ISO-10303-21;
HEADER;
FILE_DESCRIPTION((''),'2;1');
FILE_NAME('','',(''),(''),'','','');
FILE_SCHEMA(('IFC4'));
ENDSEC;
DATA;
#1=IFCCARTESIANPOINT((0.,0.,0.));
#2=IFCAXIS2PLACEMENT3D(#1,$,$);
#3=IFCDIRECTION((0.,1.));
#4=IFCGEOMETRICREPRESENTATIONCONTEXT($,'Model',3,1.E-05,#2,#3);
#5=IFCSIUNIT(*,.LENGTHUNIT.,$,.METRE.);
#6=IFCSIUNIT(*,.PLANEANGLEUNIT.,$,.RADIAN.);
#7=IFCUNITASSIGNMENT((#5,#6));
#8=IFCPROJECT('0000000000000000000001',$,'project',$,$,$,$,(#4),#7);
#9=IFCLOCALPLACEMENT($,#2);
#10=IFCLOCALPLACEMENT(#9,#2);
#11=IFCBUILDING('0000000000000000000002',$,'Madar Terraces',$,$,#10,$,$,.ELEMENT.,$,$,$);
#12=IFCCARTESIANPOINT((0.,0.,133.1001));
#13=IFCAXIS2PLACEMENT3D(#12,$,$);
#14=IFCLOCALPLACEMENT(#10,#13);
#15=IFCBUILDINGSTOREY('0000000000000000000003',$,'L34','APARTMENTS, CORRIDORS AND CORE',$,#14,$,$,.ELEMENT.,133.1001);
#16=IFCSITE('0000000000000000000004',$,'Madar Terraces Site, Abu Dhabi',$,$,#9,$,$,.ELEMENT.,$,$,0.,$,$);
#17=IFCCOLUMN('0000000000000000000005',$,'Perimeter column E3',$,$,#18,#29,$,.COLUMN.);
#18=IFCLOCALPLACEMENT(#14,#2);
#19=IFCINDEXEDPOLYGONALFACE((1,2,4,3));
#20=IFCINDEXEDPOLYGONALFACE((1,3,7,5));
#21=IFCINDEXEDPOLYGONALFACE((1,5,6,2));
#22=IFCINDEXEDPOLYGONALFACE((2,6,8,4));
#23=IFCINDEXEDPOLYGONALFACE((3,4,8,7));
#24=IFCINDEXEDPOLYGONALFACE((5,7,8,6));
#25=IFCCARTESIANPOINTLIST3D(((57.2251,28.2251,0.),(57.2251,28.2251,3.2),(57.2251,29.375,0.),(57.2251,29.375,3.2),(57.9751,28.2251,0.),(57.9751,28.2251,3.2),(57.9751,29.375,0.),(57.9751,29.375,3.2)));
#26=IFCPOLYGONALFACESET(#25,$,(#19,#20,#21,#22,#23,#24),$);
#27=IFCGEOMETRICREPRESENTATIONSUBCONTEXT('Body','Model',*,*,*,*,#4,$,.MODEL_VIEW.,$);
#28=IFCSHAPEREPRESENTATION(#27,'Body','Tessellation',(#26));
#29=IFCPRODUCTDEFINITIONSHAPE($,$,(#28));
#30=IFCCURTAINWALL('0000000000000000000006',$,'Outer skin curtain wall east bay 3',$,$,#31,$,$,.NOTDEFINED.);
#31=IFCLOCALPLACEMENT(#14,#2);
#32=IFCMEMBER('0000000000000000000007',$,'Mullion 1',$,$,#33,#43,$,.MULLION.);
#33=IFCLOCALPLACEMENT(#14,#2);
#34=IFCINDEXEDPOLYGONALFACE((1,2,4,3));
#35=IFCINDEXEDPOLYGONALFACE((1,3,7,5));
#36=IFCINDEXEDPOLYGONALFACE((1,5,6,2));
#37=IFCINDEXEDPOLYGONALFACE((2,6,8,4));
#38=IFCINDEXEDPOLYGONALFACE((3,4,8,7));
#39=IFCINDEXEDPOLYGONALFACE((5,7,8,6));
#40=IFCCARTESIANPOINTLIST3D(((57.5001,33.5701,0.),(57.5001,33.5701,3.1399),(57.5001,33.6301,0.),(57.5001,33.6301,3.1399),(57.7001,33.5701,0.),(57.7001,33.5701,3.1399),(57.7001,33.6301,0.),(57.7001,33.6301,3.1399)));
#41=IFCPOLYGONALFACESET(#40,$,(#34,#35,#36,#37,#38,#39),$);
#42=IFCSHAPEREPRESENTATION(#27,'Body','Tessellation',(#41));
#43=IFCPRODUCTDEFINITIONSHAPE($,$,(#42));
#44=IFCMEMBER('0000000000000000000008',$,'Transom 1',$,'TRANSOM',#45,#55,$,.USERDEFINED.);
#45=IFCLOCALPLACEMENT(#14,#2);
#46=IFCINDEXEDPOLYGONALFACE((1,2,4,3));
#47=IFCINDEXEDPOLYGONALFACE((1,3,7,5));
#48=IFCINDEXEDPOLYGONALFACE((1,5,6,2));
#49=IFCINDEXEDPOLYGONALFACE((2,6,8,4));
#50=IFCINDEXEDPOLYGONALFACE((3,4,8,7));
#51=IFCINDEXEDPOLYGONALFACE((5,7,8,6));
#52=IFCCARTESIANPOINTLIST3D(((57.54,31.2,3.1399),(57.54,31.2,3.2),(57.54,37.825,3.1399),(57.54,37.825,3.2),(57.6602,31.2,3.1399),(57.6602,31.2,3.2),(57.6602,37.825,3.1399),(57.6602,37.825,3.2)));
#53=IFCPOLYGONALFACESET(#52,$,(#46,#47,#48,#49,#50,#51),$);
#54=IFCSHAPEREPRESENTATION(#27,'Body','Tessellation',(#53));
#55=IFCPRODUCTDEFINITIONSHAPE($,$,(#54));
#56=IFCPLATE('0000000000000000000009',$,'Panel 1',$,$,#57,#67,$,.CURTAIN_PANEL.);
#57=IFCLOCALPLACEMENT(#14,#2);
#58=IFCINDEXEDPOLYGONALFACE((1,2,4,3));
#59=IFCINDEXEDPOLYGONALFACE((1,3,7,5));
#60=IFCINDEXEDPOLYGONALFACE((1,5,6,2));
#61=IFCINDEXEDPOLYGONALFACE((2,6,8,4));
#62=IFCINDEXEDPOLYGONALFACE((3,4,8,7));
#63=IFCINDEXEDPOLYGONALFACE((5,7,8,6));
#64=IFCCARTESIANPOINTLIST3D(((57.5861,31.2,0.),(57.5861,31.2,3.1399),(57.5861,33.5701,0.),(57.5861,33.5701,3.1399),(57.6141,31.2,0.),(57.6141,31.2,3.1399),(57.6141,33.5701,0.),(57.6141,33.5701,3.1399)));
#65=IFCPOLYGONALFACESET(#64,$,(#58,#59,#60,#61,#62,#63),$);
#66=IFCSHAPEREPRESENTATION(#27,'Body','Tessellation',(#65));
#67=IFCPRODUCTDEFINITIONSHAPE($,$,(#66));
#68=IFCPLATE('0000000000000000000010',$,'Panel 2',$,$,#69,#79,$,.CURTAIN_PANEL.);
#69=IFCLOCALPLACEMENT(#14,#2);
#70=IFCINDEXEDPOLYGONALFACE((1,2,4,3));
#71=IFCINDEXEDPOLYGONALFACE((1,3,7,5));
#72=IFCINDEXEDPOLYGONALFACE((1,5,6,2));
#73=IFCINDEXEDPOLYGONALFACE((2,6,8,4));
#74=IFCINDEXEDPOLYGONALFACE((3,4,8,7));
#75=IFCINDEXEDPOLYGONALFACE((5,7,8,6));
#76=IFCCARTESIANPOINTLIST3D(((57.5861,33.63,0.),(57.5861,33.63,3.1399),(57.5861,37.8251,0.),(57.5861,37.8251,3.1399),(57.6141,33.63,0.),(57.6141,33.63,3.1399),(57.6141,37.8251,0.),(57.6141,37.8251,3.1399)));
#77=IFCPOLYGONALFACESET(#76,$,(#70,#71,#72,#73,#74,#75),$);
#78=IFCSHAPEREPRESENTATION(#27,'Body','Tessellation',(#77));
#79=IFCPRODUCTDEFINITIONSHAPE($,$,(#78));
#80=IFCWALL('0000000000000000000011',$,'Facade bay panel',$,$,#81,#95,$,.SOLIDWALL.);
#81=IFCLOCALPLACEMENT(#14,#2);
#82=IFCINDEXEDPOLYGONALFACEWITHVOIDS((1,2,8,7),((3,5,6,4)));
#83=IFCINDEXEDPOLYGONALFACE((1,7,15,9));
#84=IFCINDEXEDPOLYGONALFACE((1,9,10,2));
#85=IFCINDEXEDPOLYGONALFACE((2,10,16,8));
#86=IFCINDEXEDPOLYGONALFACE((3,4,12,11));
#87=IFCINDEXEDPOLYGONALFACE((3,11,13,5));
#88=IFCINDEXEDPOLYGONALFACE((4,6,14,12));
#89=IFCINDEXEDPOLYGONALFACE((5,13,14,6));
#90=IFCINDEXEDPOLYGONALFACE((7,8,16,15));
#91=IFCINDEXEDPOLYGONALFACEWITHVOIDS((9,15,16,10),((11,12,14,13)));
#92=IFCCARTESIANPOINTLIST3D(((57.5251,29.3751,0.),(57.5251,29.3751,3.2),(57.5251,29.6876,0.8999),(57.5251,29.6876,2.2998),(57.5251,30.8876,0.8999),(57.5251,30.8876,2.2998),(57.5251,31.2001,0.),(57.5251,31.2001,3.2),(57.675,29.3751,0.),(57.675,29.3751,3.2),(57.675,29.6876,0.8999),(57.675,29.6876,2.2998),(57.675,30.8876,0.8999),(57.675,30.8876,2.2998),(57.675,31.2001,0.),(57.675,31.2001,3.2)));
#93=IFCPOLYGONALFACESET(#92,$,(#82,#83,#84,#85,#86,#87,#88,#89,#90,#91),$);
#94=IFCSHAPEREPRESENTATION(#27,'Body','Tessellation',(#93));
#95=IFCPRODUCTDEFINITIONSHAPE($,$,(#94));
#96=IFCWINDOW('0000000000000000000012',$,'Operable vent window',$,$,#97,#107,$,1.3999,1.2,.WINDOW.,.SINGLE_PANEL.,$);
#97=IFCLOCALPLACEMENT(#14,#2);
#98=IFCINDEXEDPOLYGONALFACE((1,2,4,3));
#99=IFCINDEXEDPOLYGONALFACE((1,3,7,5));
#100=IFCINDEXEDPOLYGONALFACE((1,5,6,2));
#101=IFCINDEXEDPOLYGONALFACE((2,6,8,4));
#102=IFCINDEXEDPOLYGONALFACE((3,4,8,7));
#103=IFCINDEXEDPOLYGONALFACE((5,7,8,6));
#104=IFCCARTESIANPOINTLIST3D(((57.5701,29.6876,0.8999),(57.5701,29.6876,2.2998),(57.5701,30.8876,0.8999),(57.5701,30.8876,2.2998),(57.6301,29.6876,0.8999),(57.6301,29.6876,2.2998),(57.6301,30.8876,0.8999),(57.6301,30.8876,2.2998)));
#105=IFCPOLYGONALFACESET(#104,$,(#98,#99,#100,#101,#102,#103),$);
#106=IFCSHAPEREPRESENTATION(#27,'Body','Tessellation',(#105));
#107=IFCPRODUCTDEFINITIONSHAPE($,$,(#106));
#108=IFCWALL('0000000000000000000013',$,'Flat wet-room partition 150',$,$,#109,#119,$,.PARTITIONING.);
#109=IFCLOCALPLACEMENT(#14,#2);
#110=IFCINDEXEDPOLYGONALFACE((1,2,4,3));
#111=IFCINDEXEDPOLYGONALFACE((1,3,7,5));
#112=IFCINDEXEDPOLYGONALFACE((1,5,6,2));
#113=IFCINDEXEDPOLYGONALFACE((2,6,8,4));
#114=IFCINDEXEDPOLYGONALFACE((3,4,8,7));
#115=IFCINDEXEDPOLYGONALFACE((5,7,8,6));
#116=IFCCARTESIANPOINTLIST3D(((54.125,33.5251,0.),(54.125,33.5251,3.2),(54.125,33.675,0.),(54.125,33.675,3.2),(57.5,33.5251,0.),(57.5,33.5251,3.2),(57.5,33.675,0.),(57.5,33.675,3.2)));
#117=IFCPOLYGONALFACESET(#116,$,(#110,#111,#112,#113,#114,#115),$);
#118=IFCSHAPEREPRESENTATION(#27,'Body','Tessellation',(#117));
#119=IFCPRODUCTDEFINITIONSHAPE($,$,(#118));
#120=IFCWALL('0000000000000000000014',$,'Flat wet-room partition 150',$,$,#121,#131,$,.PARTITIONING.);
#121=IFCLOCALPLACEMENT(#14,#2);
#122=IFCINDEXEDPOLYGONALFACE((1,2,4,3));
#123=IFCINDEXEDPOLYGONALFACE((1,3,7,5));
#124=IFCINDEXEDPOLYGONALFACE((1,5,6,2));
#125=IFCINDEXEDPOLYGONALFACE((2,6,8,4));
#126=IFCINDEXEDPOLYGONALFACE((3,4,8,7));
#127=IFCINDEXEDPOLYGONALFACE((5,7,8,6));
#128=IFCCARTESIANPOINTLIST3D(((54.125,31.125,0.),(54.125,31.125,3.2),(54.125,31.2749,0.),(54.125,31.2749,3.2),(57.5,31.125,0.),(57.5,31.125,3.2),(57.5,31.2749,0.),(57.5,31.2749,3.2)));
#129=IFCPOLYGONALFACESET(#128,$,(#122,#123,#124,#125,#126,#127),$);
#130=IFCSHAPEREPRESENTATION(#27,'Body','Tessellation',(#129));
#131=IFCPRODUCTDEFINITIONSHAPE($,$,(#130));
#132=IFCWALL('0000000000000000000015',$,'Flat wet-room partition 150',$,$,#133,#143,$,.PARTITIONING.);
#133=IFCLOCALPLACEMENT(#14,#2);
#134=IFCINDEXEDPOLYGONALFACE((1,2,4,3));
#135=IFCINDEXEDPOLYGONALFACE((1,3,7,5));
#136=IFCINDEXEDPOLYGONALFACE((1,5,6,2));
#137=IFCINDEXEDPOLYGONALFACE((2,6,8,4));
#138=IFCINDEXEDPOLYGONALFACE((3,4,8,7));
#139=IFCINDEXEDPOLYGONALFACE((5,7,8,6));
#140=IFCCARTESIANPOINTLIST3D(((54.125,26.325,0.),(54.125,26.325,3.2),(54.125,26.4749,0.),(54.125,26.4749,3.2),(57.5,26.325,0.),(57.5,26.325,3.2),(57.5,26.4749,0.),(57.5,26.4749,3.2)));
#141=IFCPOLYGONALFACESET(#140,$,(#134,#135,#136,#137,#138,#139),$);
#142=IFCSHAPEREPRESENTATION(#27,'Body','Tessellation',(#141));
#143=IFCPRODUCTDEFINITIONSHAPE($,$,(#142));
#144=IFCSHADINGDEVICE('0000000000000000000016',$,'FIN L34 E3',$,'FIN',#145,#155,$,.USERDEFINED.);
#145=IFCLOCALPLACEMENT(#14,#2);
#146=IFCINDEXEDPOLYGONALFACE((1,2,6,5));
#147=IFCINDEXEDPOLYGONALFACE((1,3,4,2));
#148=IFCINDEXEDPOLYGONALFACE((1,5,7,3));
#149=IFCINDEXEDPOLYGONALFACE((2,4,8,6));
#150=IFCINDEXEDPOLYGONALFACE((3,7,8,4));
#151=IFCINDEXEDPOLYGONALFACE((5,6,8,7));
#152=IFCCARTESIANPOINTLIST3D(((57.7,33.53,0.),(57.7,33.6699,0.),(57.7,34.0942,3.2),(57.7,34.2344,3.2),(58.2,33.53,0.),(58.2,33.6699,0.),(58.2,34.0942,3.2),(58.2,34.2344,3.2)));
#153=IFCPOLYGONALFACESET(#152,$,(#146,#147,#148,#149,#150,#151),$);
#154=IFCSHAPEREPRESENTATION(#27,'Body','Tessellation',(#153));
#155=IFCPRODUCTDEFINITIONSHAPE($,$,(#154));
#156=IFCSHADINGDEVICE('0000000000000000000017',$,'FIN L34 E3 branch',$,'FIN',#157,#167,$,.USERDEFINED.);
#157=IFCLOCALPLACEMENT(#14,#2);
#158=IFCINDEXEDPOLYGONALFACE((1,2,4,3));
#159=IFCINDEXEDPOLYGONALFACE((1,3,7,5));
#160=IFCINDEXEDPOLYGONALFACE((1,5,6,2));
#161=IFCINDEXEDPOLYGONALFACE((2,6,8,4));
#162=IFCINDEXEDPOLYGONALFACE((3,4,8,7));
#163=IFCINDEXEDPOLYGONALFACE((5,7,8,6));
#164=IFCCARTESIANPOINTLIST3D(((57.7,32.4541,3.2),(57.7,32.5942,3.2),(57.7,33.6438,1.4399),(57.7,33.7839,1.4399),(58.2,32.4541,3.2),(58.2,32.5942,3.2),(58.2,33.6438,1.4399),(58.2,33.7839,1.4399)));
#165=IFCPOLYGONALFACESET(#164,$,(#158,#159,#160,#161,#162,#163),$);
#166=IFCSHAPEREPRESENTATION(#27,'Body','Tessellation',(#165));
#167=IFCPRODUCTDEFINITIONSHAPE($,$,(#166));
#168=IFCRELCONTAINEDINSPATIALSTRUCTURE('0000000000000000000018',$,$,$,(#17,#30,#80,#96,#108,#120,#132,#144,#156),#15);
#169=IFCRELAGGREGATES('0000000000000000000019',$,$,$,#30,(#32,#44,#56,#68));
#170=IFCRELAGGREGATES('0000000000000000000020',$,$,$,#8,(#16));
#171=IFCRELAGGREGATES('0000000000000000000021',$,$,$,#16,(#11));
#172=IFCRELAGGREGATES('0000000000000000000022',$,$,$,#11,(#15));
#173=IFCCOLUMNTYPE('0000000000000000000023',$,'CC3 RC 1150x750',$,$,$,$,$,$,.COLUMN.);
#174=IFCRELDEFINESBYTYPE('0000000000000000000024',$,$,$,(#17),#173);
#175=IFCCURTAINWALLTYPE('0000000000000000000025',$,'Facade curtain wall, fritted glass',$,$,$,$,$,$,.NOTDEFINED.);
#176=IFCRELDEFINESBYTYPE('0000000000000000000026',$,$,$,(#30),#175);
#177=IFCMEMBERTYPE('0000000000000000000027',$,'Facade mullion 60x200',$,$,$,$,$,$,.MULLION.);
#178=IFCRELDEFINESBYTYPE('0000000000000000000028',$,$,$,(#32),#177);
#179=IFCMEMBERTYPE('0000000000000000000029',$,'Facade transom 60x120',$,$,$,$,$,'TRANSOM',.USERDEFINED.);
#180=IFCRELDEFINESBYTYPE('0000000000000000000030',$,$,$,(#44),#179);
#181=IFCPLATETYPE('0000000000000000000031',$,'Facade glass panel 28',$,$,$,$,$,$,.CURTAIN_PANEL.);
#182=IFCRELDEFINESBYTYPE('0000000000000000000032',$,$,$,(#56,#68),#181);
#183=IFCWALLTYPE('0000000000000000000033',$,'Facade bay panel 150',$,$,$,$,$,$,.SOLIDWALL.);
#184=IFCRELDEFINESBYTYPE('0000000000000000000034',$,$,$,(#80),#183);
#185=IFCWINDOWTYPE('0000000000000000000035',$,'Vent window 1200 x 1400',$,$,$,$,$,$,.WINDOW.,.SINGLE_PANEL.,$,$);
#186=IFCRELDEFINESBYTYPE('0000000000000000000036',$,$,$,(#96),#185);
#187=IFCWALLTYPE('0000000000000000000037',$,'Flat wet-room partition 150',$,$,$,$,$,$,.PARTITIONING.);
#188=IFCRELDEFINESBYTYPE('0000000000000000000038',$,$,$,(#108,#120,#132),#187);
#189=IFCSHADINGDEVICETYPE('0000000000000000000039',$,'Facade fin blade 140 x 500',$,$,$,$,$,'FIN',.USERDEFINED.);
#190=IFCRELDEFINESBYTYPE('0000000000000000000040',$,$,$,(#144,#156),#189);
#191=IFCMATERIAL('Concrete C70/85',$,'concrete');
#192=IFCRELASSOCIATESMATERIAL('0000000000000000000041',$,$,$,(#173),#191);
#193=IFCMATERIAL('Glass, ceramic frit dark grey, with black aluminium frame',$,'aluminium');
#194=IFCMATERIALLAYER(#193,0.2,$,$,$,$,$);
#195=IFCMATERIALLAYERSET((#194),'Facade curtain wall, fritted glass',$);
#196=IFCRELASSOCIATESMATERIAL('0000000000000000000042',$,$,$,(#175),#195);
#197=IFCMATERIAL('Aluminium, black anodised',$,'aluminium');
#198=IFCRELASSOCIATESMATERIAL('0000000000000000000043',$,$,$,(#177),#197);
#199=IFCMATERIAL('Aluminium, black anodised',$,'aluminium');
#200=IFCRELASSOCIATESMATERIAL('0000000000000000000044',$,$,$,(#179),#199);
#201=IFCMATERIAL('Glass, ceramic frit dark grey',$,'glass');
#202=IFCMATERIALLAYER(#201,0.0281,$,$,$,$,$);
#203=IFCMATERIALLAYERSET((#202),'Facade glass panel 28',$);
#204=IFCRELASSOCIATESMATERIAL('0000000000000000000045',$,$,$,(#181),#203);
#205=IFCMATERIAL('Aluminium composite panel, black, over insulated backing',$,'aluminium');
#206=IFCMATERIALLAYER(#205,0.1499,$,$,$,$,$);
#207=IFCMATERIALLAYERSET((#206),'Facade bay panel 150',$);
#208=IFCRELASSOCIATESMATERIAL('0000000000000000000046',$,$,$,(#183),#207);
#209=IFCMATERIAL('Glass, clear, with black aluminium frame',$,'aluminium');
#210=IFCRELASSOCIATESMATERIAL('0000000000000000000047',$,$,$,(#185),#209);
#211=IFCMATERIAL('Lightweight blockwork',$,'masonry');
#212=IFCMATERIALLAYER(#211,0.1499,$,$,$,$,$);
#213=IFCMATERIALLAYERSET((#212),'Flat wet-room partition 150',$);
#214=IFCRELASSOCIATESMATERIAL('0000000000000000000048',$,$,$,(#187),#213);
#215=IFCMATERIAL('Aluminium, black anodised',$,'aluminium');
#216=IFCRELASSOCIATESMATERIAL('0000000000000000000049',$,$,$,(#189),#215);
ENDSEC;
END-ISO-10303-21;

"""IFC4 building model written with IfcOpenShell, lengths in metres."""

from ifc_helpers import new_model, si_unit, direction, frame, frame_2d, origin, origin_2d, place, context, subcontext, project, spatial, polyline, rectangle, outline, extrude, material, layer, layer_set, material_profile, profile_set, type_object, element, fill, aggregate, save


model = new_model("IFC4")

# Units and contexts
model_context = context("Model", 3, precision=1e-05, world=origin(), true_north=direction((0.0, 1.0)))
body_context = subcontext(model_context, "Body", "Model", "MODEL_VIEW")
ifc_project = project(units=[si_unit("LENGTHUNIT", "METRE"), si_unit("PLANEANGLEUNIT", "RADIAN")], contexts=[model_context])

# Site, building, storey
site_placement = place(None, origin())
site = spatial("IfcSite", under=ifc_project, at=site_placement, Name="Madar Terraces Site, Abu Dhabi", CompositionType="ELEMENT", RefElevation=0.0)
building_placement = place(site_placement, origin())
building = spatial("IfcBuilding", under=site, at=building_placement, Name="Madar Terraces", CompositionType="ELEMENT")
storey_placement = place(building_placement, frame((0.0, 0.0, 133.1001)))
storey = spatial("IfcBuildingStorey", under=building, at=storey_placement, Name="L34", Description="APARTMENTS, CORRIDORS AND CORE", CompositionType="ELEMENT", Elevation=133.1001)

# Column
ifc_material_1 = material(Name="Concrete C70/85", Category="concrete")
ifc_material_profile_1 = material_profile(ifc_material_1, rectangle(XDim=1.1499, YDim=0.75, at=origin_2d()), Name="CC3 RC 1150x750")
ifc_profile_set_1 = profile_set([ifc_material_profile_1], Name="Concrete C70/85")
column_type = type_object("IfcColumnType", Name="CC3 RC 1150x750", PredefinedType="COLUMN", material=ifc_profile_set_1)
column_placement = place(storey_placement, frame((57.6001, 28.8, 0.0), z_axis=(0.0, 0.0, 1.0), x_axis=(0.0, 1.0, 0.0)))
element("IfcColumn", 1, at=column_placement, inside=storey, type_object=column_type, Name="Perimeter column E3", PredefinedType="COLUMN", context=body_context, shape_type="SweptSolid", body=[
    extrude(rectangle(XDim=1.1499, YDim=0.75, at=origin_2d()), origin(), (0.0, 0.0, 1.0), 3.2),
])

# Curtain wall, members, plates
ifc_material_2 = material(Name="Glass, ceramic frit dark grey, with black aluminium frame", Category="aluminium")
ifc_layer_1 = layer(ifc_material_2, 0.2)
ifc_layer_set_1 = layer_set([ifc_layer_1], Name="Facade curtain wall, fritted glass")
curtain_wall_type = type_object("IfcCurtainWallType", Name="Facade curtain wall, fritted glass", PredefinedType="NOTDEFINED", material=ifc_layer_set_1)
curtain_wall_placement = place(storey_placement, origin())
curtain_wall = element("IfcCurtainWall", 2, at=curtain_wall_placement, inside=storey, type_object=curtain_wall_type, Name="Outer skin curtain wall east bay 3", PredefinedType="NOTDEFINED")
ifc_material_3 = material(Name="Aluminium, black anodised", Category="aluminium")
ifc_material_profile_2 = material_profile(ifc_material_3, rectangle(XDim=0.2, YDim=0.0601, at=origin_2d()), Name="Facade mullion 60x200")
ifc_profile_set_2 = profile_set([ifc_material_profile_2], Name="Aluminium, black anodised")
member_type_1 = type_object("IfcMemberType", Name="Facade mullion 60x200", PredefinedType="MULLION", material=ifc_profile_set_2)
member_1_placement = place(storey_placement, frame((57.6001, 33.6001, 0.0), z_axis=(0.0, 0.0, 1.0), x_axis=(-1.0, 0.0, 0.0)))
member_1 = element("IfcMember", 3, at=member_1_placement, type_object=member_type_1, Name="Mullion 1", PredefinedType="MULLION", context=body_context, shape_type="SweptSolid", body=[
    extrude(rectangle(XDim=0.2, YDim=0.0601, at=origin_2d()), origin(), (0.0, 0.0, 1.0), 3.1399),
])
ifc_material_4 = material(Name="Aluminium, black anodised", Category="aluminium")
ifc_material_profile_3 = material_profile(ifc_material_4, rectangle(XDim=0.1201, YDim=0.0601, at=origin_2d()), Name="Facade transom 60x120")
ifc_profile_set_3 = profile_set([ifc_material_profile_3], Name="Aluminium, black anodised")
member_type_2 = type_object("IfcMemberType", Name="Facade transom 60x120", ElementType="TRANSOM", PredefinedType="USERDEFINED", material=ifc_profile_set_3)
member_2_placement = place(storey_placement, frame((57.6001, 31.2, 3.1699), z_axis=(0.0, 1.0, 0.0), x_axis=(-1.0, 0.0, 0.0)))
member_2 = element("IfcMember", 4, at=member_2_placement, type_object=member_type_2, Name="Transom 1", ObjectType="TRANSOM", PredefinedType="USERDEFINED", context=body_context, shape_type="SweptSolid", body=[
    extrude(rectangle(XDim=0.1201, YDim=0.0601, at=origin_2d()), origin(), (0.0, 0.0, 1.0), 6.625),
])
ifc_material_5 = material(Name="Glass, ceramic frit dark grey", Category="glass")
ifc_layer_2 = layer(ifc_material_5, 0.0281)
ifc_layer_set_2 = layer_set([ifc_layer_2], Name="Facade glass panel 28")
plate_type = type_object("IfcPlateType", Name="Facade glass panel 28", PredefinedType="CURTAIN_PANEL", material=ifc_layer_set_2)
plate_1_placement = place(storey_placement, frame((57.6001, 32.385, 0.0), z_axis=(0.0, 0.0, 1.0), x_axis=(0.0, 1.0, 0.0)))
plate_1 = element("IfcPlate", 5, at=plate_1_placement, type_object=plate_type, Name="Panel 1", PredefinedType="CURTAIN_PANEL", context=body_context, shape_type="SweptSolid", body=[
    extrude(rectangle(XDim=2.3701, YDim=0.0281, at=origin_2d()), origin(), (0.0, 0.0, 1.0), 3.1399),
])
plate_2_placement = place(storey_placement, frame((57.6001, 35.7275, 0.0), z_axis=(0.0, 0.0, 1.0), x_axis=(0.0, 1.0, 0.0)))
plate_2 = element("IfcPlate", 6, at=plate_2_placement, type_object=plate_type, Name="Panel 2", PredefinedType="CURTAIN_PANEL", context=body_context, shape_type="SweptSolid", body=[
    extrude(rectangle(XDim=4.1951, YDim=0.0281, at=origin_2d()), origin(), (0.0, 0.0, 1.0), 3.1399),
])
aggregate(curtain_wall, [member_1, member_2, plate_1, plate_2])

# Wall, opening, window
ifc_material_6 = material(Name="Aluminium composite panel, black, over insulated backing", Category="aluminium")
ifc_layer_3 = layer(ifc_material_6, 0.1499)
ifc_layer_set_3 = layer_set([ifc_layer_3], Name="Facade bay panel 150")
wall_type_1 = type_object("IfcWallType", Name="Facade bay panel 150", PredefinedType="SOLIDWALL", material=ifc_layer_set_3)
wall_placement = place(storey_placement, frame((57.6001, 29.375, 0.0), z_axis=(0.0, 0.0, 1.0), x_axis=(0.0, 1.0, 0.0)))
wall = element("IfcWall", 7, at=wall_placement, inside=storey, type_object=wall_type_1, Name="Facade bay panel", PredefinedType="SOLIDWALL", context=body_context, shape_type="SweptSolid", body=[
    extrude(rectangle(XDim=1.825, YDim=0.1499, at=frame_2d((0.9126, 0.0))), origin(), (0.0, 0.0, 1.0), 3.2),
])
opening_placement = place(wall_placement, frame((0.3125, 0.0, 0.8999)))
opening = element("IfcOpeningElement", 8, at=opening_placement, cuts=wall, PredefinedType="OPENING", context=body_context, shape_type="SweptSolid", body=[
    extrude(rectangle(XDim=1.2, YDim=1.3999, at=frame_2d((0.6001, 0.7))), frame((0.0, 0.085, 0.0), z_axis=(0.0, -1.0, 0.0), x_axis=(1.0, 0.0, 0.0)), (0.0, 0.0, 1.0), 0.1699),
])
ifc_material_7 = material(Name="Glass, clear, with black aluminium frame", Category="aluminium")
window_type = type_object("IfcWindowType", Name="Vent window 1200 x 1400", PartitioningType="SINGLE_PANEL", PredefinedType="WINDOW", material=ifc_material_7)
window_placement = place(opening_placement, origin())
window = element("IfcWindow", 9, at=window_placement, inside=storey, type_object=window_type, Name="Operable vent window", OverallHeight=1.3999, OverallWidth=1.2, PartitioningType="SINGLE_PANEL", PredefinedType="WINDOW", context=body_context, shape_type="SweptSolid", body=[
    extrude(rectangle(XDim=1.2, YDim=1.3999, at=frame_2d((0.6001, 0.7))), frame((0.0, 0.03, 0.0), z_axis=(0.0, -1.0, 0.0), x_axis=(1.0, 0.0, 0.0)), (0.0, 0.0, 1.0), 0.0601),
])
fill(opening, window)

# Walls
ifc_material_8 = material(Name="Lightweight blockwork", Category="masonry")
ifc_layer_4 = layer(ifc_material_8, 0.1499)
ifc_layer_set_4 = layer_set([ifc_layer_4], Name="Flat wet-room partition 150")
wall_type_2 = type_object("IfcWallType", Name="Flat wet-room partition 150", PredefinedType="PARTITIONING", material=ifc_layer_set_4)
for number, where, z_axis, x_axis, name in (
    (10, (54.125, 33.6001, 0.0), (0.0, 0.0, 1.0), (1.0, 0.0, 0.0), "Flat wet-room partition 150"),
    (11, (54.125, 31.2, 0.0), (0.0, 0.0, 1.0), (1.0, 0.0, 0.0), "Flat wet-room partition 150"),
    (12, (54.125, 26.3999, 0.0), (0.0, 0.0, 1.0), (1.0, 0.0, 0.0), "Flat wet-room partition 150"),
):
    element("IfcWall", number, at=place(storey_placement, frame(where, z_axis=z_axis, x_axis=x_axis)), inside=storey, type_object=wall_type_2, Name=name, PredefinedType="PARTITIONING", context=body_context, shape_type="SweptSolid", body=[
        extrude(rectangle(XDim=3.375, YDim=0.1499, at=frame_2d((1.6875, 0.0))), origin(), (0.0, 0.0, 1.0), 3.2),
    ])

# Shading devices
ifc_material_9 = material(Name="Aluminium, black anodised", Category="aluminium")
shading_device_type = type_object("IfcShadingDeviceType", Name="Facade fin blade 140 x 500", ElementType="FIN", PredefinedType="USERDEFINED", material=ifc_material_9)
shading_device_1_placement = place(storey_placement, frame((57.95, 33.53, 0.0), z_axis=(0.0, 0.0, 1.0), x_axis=(0.0, 1.0, 0.0)))
element("IfcShadingDevice", 13, at=shading_device_1_placement, inside=storey, type_object=shading_device_type, Name="FIN L34 E3", ObjectType="FIN", PredefinedType="USERDEFINED", context=body_context, shape_type="SweptSolid", body=[
    extrude(outline(polyline([(0.0, 0.0), (0.1399, 0.0), (0.7043, 3.2), (0.5642, 3.2), (0.0, 0.0)])), frame((0.0, 0.25, 0.0), z_axis=(0.0, -1.0, 0.0), x_axis=(1.0, 0.0, 0.0)), (0.0, 0.0, 1.0), 0.5),
])
shading_device_2_placement = place(storey_placement, frame((57.95, 33.6438, 1.4399), z_axis=(0.0, 0.0, 1.0), x_axis=(0.0, 1.0, 0.0)))
element("IfcShadingDevice", 14, at=shading_device_2_placement, inside=storey, type_object=shading_device_type, Name="FIN L34 E3 branch", ObjectType="FIN", PredefinedType="USERDEFINED", context=body_context, shape_type="SweptSolid", body=[
    extrude(outline(polyline([(0.0, 0.0), (0.1401, 0.0), (-1.0496, 1.76), (-1.1897, 1.76), (0.0, 0.0)])), frame((0.0, 0.25, 0.0), z_axis=(0.0, -1.0, 0.0), x_axis=(1.0, 0.0, 0.0)), (0.0, 0.0, 1.0), 0.5),
])

save(model, "model.ifc")
